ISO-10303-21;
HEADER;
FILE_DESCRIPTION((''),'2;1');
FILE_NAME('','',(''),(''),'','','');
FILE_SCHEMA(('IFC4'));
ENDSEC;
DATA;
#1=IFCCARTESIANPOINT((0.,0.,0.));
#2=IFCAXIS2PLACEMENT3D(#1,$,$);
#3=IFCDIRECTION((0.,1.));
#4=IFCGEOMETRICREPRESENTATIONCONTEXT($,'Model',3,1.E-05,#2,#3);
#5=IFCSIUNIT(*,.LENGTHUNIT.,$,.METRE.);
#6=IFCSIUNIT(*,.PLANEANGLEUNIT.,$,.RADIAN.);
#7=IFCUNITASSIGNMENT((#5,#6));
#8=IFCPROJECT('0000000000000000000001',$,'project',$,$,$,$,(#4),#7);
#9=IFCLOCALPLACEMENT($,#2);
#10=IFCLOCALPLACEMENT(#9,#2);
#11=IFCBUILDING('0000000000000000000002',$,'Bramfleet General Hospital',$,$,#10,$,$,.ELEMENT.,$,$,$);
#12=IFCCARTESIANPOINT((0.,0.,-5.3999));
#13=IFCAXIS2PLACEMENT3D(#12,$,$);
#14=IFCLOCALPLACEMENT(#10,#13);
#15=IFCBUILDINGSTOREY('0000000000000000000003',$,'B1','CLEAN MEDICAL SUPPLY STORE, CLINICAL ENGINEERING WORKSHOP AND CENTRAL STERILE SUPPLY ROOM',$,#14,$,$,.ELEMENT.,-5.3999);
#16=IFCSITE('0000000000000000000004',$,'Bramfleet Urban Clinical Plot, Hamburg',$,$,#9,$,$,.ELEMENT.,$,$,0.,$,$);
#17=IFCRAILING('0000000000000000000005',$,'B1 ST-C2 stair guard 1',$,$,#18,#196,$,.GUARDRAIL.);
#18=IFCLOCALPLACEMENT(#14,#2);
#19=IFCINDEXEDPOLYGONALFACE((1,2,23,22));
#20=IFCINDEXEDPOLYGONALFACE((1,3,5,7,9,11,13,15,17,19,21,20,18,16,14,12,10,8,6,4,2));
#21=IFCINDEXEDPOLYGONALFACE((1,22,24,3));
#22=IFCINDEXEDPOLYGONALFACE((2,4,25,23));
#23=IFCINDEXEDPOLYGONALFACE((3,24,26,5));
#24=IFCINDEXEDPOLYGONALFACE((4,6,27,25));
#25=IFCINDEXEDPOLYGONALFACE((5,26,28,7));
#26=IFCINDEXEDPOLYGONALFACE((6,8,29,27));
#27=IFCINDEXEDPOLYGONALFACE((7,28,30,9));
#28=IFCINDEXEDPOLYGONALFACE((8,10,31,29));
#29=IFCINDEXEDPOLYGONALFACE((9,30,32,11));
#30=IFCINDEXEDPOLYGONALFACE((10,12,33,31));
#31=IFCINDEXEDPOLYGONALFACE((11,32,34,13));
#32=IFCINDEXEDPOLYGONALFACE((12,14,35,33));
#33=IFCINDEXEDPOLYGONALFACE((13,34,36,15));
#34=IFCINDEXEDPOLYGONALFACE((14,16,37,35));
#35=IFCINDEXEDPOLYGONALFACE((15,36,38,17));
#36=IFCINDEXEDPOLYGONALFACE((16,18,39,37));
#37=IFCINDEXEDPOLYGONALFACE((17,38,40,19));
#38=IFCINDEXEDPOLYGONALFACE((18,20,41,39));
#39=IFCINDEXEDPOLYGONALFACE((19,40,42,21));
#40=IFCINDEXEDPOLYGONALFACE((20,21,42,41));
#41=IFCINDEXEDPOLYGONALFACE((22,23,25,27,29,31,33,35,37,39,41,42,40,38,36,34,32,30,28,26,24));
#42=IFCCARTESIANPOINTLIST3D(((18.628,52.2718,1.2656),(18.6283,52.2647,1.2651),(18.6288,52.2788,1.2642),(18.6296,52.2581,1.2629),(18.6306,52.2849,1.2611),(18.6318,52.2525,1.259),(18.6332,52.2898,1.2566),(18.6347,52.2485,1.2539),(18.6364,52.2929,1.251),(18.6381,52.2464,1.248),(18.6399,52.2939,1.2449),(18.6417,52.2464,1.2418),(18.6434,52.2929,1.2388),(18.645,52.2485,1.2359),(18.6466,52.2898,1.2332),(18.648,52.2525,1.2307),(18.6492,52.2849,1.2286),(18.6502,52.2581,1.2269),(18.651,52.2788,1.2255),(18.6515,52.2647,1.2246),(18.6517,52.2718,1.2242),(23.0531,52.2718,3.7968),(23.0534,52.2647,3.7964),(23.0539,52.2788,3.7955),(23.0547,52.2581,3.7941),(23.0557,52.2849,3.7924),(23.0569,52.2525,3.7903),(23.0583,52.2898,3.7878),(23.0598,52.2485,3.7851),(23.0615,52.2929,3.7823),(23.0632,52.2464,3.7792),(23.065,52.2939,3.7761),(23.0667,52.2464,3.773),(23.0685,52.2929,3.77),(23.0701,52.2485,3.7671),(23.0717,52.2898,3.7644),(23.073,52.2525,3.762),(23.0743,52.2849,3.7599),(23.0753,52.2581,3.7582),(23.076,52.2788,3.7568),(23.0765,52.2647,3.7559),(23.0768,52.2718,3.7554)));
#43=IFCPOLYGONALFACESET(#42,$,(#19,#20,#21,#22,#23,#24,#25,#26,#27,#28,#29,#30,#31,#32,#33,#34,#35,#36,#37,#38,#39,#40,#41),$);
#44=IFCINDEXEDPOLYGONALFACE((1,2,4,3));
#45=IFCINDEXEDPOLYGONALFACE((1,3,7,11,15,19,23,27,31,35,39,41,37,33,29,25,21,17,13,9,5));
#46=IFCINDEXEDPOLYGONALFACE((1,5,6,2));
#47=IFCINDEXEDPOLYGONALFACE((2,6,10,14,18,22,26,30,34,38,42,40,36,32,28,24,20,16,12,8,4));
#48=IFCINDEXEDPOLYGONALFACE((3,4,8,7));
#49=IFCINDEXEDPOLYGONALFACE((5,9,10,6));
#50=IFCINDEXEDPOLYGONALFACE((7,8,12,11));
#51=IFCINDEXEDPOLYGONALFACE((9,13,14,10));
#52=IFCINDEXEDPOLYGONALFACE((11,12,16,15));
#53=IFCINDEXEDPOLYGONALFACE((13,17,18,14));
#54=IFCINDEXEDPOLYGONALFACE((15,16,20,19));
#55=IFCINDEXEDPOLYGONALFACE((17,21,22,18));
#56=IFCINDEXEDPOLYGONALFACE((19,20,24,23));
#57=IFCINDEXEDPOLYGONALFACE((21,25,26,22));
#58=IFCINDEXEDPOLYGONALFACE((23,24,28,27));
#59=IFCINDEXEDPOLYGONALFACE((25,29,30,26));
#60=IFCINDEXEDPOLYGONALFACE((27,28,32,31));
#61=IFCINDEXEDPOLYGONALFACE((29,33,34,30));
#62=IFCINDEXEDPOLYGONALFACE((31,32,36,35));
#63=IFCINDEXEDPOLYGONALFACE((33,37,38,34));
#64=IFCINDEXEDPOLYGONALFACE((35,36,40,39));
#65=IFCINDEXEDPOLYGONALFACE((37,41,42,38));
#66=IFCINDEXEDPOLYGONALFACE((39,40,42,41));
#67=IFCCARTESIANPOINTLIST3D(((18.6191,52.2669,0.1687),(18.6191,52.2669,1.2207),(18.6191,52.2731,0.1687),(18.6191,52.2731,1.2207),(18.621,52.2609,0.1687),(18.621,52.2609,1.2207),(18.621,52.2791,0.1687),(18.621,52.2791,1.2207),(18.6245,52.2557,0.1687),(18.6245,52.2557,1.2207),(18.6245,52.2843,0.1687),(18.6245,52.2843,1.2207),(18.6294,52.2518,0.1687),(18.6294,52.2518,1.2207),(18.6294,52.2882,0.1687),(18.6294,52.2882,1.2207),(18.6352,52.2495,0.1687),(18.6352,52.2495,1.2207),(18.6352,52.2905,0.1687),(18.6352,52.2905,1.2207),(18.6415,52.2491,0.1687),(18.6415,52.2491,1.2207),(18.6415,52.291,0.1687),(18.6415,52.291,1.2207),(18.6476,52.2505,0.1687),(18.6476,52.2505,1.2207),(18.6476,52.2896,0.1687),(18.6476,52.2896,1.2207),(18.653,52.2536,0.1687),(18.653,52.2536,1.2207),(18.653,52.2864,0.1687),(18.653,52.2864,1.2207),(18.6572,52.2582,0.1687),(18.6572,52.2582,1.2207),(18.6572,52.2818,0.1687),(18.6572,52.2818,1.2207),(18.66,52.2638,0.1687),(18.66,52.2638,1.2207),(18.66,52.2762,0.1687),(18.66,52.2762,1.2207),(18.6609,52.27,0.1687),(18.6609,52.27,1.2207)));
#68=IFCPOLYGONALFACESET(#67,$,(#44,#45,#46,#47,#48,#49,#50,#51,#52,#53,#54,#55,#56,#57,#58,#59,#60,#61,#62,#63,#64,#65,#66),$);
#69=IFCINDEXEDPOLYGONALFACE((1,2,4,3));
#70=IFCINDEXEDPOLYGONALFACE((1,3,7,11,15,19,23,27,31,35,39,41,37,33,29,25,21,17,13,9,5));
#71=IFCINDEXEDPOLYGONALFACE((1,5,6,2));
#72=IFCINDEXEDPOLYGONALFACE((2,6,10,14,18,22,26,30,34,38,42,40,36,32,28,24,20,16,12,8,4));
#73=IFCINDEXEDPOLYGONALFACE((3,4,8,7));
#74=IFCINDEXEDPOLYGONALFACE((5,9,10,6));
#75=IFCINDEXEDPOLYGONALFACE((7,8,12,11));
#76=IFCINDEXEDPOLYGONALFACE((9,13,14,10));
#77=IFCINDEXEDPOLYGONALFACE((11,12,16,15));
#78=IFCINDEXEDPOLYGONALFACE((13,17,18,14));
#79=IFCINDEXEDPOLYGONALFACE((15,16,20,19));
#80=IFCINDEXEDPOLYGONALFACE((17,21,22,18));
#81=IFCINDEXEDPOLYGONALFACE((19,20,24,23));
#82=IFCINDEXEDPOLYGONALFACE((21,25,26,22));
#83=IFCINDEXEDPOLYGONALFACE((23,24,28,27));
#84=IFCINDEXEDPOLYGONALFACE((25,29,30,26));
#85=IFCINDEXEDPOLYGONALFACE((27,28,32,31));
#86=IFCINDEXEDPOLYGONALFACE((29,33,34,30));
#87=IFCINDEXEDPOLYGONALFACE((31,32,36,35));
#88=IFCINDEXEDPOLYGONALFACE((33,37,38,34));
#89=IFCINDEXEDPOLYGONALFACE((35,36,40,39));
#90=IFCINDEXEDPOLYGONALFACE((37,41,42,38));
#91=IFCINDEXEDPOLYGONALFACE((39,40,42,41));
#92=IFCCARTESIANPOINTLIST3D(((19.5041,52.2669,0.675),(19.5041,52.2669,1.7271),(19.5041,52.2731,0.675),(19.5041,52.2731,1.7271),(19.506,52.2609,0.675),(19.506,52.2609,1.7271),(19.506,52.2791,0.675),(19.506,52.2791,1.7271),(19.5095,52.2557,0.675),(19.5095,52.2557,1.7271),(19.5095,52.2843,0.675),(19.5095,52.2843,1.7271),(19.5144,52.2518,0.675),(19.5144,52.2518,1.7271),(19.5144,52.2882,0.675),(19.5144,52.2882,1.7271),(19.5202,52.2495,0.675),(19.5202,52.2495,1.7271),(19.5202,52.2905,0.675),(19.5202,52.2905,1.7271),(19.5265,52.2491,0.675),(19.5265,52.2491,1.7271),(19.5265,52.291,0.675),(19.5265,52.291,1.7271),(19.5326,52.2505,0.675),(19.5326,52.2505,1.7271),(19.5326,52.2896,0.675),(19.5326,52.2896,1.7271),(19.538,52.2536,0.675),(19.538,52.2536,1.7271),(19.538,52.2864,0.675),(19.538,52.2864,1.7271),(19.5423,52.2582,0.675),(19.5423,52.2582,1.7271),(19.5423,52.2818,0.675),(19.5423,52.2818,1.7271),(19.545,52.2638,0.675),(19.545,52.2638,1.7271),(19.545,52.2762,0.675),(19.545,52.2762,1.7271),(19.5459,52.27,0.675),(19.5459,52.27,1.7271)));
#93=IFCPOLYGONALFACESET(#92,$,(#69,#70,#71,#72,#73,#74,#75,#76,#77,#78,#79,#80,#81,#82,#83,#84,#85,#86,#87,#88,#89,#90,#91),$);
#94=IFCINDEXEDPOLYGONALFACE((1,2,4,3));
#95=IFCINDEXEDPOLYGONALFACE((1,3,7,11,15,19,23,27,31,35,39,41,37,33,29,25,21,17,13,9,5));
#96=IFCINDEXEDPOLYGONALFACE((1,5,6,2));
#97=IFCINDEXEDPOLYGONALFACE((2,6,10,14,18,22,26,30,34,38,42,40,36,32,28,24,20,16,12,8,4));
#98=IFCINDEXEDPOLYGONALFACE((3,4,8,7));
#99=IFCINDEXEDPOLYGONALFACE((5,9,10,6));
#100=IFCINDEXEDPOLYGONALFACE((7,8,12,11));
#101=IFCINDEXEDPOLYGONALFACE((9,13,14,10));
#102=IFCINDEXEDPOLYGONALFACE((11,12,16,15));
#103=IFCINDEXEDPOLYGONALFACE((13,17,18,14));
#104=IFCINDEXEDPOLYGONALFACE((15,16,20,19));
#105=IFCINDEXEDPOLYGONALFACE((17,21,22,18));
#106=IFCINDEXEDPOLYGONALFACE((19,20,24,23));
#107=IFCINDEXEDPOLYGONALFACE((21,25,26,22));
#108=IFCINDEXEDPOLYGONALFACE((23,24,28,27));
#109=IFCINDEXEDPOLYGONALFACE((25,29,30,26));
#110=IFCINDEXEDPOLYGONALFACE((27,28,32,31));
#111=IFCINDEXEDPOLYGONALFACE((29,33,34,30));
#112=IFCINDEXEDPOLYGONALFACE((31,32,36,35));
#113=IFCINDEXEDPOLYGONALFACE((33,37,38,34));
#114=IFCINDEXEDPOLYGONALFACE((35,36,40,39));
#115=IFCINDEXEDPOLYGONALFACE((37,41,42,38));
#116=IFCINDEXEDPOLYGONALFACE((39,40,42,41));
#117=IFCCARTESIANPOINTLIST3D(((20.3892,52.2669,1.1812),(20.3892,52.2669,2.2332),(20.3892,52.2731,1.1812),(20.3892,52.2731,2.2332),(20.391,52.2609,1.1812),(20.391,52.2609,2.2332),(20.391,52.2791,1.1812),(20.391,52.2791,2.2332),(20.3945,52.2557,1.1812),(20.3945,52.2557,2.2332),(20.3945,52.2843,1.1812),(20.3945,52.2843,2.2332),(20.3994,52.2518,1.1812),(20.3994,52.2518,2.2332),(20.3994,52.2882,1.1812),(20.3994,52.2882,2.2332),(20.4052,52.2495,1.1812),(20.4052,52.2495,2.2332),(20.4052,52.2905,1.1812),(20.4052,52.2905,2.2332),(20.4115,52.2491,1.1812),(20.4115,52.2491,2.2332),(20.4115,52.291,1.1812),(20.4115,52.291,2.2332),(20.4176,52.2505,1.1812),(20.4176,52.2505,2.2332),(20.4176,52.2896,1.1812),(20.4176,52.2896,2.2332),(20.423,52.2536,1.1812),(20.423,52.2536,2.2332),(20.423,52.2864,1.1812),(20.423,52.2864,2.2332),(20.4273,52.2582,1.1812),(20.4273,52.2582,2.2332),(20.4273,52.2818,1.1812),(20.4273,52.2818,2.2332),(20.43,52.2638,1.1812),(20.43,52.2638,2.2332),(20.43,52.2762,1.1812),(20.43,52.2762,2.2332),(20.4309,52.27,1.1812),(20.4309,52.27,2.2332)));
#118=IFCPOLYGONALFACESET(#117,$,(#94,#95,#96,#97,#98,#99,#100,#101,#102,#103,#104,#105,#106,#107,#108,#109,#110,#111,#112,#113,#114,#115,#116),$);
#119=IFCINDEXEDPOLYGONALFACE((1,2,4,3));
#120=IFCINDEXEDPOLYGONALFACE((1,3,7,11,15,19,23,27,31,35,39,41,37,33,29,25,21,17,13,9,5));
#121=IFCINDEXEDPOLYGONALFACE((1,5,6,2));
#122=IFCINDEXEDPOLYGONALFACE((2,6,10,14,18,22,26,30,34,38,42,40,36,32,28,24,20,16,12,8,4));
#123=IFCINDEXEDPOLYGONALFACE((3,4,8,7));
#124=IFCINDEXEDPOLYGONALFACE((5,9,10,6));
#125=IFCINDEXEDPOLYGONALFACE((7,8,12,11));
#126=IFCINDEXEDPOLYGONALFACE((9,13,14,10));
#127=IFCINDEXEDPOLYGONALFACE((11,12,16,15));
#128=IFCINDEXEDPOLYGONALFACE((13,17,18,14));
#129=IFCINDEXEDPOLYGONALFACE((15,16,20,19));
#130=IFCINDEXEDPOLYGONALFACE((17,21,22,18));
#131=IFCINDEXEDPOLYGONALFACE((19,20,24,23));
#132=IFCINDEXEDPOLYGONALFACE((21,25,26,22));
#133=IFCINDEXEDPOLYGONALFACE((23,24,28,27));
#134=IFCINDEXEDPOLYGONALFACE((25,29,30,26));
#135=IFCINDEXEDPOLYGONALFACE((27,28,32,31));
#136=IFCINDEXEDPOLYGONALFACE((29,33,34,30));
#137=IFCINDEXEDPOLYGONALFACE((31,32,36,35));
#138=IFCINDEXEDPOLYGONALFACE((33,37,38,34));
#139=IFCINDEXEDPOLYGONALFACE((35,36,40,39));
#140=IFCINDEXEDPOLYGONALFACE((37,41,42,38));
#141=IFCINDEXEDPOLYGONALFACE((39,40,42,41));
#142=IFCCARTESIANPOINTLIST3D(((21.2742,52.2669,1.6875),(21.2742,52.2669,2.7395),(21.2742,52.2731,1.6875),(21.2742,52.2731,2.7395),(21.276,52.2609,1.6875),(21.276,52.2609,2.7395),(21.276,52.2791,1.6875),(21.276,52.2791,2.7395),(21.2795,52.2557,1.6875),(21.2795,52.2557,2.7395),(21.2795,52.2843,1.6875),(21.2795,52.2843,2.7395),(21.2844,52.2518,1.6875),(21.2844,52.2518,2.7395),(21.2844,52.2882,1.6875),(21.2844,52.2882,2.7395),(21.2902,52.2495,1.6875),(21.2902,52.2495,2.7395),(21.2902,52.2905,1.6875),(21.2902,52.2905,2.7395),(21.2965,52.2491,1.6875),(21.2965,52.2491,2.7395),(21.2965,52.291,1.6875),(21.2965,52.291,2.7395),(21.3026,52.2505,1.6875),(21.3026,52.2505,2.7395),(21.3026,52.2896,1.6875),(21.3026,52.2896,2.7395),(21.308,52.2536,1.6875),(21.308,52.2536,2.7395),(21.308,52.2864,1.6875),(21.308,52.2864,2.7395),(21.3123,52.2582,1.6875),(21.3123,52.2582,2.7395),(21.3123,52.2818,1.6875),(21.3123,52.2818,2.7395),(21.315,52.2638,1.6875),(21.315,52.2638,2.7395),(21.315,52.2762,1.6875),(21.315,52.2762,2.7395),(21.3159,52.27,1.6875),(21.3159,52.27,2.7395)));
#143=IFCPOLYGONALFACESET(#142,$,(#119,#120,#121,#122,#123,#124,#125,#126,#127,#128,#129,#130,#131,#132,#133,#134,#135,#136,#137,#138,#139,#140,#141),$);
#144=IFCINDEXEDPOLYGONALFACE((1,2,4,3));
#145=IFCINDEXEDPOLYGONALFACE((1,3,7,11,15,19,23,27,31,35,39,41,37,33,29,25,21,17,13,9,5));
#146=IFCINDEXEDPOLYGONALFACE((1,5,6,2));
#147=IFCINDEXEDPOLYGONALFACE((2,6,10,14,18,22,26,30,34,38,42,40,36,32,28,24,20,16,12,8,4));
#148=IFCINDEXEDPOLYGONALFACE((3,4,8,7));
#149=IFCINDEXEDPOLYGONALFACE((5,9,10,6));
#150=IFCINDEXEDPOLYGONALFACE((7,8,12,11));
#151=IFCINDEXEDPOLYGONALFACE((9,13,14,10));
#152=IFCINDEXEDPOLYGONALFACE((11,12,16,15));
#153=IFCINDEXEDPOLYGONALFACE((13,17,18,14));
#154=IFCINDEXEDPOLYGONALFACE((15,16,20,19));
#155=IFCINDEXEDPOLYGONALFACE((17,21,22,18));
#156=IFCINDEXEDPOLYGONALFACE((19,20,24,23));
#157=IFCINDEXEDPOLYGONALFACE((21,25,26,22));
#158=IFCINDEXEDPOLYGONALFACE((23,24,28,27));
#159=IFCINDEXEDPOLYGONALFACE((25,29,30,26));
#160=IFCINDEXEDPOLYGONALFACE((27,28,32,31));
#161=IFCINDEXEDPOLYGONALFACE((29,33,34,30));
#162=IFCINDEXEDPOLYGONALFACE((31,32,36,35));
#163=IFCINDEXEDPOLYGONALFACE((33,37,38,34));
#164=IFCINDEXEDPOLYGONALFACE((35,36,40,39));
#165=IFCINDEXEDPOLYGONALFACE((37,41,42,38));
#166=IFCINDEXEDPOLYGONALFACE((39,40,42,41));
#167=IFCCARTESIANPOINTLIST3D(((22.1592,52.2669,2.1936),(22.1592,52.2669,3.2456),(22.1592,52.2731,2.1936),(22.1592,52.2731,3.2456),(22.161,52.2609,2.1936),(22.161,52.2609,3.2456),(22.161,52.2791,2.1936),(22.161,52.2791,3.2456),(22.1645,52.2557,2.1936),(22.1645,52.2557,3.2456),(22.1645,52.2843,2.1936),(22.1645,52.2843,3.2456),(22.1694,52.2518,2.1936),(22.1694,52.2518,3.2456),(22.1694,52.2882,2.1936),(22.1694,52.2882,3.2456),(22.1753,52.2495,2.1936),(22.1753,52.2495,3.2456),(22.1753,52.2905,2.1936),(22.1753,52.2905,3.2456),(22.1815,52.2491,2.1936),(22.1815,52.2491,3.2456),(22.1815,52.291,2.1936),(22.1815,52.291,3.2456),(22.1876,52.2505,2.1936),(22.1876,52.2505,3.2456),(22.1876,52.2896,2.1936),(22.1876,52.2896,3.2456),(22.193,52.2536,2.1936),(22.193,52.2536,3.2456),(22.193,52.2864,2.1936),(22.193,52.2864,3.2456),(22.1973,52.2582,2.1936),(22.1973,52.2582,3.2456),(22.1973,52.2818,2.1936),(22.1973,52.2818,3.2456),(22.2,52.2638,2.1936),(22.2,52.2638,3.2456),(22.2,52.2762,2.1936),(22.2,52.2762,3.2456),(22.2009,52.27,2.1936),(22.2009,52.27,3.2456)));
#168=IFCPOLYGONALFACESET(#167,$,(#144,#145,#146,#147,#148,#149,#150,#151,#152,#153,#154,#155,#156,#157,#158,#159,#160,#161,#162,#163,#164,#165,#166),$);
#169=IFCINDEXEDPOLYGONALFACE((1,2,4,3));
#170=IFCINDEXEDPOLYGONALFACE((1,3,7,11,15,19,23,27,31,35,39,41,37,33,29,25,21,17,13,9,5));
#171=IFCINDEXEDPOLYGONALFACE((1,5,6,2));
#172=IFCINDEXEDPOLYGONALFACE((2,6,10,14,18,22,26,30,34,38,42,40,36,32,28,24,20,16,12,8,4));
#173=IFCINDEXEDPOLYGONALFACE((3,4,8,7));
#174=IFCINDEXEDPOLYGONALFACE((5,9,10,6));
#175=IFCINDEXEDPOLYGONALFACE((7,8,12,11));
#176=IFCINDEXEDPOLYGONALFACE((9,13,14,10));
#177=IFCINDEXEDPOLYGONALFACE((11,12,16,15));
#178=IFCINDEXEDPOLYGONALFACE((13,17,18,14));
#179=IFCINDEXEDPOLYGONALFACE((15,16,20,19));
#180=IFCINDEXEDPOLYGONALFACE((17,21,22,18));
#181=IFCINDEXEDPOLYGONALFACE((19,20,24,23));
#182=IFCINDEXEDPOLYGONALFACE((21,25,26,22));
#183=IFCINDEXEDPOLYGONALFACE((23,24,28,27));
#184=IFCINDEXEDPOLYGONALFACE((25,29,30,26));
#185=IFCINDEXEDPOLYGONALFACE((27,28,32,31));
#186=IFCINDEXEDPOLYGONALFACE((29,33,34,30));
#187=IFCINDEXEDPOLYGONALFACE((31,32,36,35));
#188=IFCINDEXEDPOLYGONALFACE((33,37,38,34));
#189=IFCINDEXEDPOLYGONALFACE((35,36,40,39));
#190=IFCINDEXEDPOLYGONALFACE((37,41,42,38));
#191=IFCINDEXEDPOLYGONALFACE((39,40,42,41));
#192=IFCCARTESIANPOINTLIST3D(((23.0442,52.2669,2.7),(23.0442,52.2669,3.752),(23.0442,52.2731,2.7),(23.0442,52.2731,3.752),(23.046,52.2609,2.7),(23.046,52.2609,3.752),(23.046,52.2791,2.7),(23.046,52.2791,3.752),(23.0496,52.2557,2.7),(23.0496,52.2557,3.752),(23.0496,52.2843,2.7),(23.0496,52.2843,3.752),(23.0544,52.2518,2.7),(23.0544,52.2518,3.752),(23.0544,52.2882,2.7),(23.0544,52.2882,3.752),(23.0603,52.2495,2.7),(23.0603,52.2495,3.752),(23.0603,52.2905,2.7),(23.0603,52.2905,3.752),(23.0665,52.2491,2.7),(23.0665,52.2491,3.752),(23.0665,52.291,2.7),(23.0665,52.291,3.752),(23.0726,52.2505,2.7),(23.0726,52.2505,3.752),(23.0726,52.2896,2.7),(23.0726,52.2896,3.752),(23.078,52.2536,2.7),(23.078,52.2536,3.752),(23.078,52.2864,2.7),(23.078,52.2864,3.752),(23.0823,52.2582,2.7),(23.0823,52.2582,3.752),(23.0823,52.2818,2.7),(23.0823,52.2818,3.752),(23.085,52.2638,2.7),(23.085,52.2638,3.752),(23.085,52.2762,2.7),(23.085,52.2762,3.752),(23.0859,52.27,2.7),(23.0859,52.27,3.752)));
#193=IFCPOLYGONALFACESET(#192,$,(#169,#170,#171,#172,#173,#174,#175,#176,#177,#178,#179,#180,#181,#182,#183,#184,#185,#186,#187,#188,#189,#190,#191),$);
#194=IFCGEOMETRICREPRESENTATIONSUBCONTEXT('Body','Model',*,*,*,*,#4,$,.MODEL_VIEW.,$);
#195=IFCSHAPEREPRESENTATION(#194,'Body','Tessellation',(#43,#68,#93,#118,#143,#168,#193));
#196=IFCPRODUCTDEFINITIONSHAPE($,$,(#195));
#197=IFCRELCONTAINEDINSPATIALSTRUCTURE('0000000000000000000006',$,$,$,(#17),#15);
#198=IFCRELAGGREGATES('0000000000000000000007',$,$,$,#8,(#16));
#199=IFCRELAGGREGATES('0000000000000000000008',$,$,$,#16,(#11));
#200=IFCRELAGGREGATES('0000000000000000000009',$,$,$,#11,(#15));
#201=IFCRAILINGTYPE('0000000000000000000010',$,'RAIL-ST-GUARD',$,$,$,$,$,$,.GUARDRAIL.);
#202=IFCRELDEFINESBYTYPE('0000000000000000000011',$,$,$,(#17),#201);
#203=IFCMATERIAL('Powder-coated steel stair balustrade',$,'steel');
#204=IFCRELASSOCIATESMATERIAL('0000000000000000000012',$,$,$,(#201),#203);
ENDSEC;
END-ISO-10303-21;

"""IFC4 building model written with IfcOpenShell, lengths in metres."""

from ifc_helpers import new_model, si_unit, direction, frame, origin, origin_2d, place, context, subcontext, project, spatial, circle, extrude, material, type_object, element, save


model = new_model("IFC4")

# Units and contexts
model_context = context("Model", 3, precision=1e-05, world=origin(), true_north=direction((0.0, 1.0)))
body_context = subcontext(model_context, "Body", "Model", "MODEL_VIEW")
ifc_project = project(units=[si_unit("LENGTHUNIT", "METRE"), si_unit("PLANEANGLEUNIT", "RADIAN")], contexts=[model_context])

# Site, building, storey
site_placement = place(None, origin())
site = spatial("IfcSite", under=ifc_project, at=site_placement, Name="Bramfleet Urban Clinical Plot, Hamburg", CompositionType="ELEMENT", RefElevation=0.0)
building_placement = place(site_placement, origin())
building = spatial("IfcBuilding", under=site, at=building_placement, Name="Bramfleet General Hospital", CompositionType="ELEMENT")
storey_placement = place(building_placement, frame((0.0, 0.0, -5.3999)))
storey = spatial("IfcBuildingStorey", under=building, at=storey_placement, Name="B1", Description="CLEAN MEDICAL SUPPLY STORE, CLINICAL ENGINEERING WORKSHOP AND CENTRAL STERILE SUPPLY ROOM", CompositionType="ELEMENT", Elevation=-5.3999)

# Railing
ifc_material_1 = material(Name="Powder-coated steel stair balustrade", Category="steel")
railing_type_1 = type_object("IfcRailingType", Name="RAIL-ST-GUARD", PredefinedType="GUARDRAIL", material=ifc_material_1)
railing_1_placement = place(storey_placement, frame((18.6399, 52.27, 0.1687)))
element("IfcRailing", 1, at=railing_1_placement, inside=storey, type_object=railing_type_1, Name="B1 ST-C2 stair guard 1", PredefinedType="GUARDRAIL", context=body_context, shape_type="SweptSolid", body=[
    extrude(circle(Radius=0.0239, at=origin_2d()), frame((0.0, 0.0, 1.0762), z_axis=(0.868019, 0.0, 0.496531), x_axis=(0.0, 1.0, 0.0)), (0.0, 0.0, 1.0), 5.0979),
    extrude(circle(Radius=0.021, at=origin_2d()), origin(), (0.0, 0.0, 1.0), 1.052),
    extrude(circle(Radius=0.021, at=origin_2d()), frame((0.885, 0.0, 0.5063)), (0.0, 0.0, 1.0), 1.052),
    extrude(circle(Radius=0.021, at=origin_2d()), frame((1.77, 0.0, 1.0125)), (0.0, 0.0, 1.0), 1.052),
    extrude(circle(Radius=0.021, at=origin_2d()), frame((2.655, 0.0, 1.5188)), (0.0, 0.0, 1.0), 1.052),
    extrude(circle(Radius=0.021, at=origin_2d()), frame((3.54, 0.0, 2.0249)), (0.0, 0.0, 1.0), 1.052),
    extrude(circle(Radius=0.021, at=origin_2d()), frame((4.425, 0.0, 2.5312)), (0.0, 0.0, 1.0), 1.052),
])

save(model, "model.ifc")
